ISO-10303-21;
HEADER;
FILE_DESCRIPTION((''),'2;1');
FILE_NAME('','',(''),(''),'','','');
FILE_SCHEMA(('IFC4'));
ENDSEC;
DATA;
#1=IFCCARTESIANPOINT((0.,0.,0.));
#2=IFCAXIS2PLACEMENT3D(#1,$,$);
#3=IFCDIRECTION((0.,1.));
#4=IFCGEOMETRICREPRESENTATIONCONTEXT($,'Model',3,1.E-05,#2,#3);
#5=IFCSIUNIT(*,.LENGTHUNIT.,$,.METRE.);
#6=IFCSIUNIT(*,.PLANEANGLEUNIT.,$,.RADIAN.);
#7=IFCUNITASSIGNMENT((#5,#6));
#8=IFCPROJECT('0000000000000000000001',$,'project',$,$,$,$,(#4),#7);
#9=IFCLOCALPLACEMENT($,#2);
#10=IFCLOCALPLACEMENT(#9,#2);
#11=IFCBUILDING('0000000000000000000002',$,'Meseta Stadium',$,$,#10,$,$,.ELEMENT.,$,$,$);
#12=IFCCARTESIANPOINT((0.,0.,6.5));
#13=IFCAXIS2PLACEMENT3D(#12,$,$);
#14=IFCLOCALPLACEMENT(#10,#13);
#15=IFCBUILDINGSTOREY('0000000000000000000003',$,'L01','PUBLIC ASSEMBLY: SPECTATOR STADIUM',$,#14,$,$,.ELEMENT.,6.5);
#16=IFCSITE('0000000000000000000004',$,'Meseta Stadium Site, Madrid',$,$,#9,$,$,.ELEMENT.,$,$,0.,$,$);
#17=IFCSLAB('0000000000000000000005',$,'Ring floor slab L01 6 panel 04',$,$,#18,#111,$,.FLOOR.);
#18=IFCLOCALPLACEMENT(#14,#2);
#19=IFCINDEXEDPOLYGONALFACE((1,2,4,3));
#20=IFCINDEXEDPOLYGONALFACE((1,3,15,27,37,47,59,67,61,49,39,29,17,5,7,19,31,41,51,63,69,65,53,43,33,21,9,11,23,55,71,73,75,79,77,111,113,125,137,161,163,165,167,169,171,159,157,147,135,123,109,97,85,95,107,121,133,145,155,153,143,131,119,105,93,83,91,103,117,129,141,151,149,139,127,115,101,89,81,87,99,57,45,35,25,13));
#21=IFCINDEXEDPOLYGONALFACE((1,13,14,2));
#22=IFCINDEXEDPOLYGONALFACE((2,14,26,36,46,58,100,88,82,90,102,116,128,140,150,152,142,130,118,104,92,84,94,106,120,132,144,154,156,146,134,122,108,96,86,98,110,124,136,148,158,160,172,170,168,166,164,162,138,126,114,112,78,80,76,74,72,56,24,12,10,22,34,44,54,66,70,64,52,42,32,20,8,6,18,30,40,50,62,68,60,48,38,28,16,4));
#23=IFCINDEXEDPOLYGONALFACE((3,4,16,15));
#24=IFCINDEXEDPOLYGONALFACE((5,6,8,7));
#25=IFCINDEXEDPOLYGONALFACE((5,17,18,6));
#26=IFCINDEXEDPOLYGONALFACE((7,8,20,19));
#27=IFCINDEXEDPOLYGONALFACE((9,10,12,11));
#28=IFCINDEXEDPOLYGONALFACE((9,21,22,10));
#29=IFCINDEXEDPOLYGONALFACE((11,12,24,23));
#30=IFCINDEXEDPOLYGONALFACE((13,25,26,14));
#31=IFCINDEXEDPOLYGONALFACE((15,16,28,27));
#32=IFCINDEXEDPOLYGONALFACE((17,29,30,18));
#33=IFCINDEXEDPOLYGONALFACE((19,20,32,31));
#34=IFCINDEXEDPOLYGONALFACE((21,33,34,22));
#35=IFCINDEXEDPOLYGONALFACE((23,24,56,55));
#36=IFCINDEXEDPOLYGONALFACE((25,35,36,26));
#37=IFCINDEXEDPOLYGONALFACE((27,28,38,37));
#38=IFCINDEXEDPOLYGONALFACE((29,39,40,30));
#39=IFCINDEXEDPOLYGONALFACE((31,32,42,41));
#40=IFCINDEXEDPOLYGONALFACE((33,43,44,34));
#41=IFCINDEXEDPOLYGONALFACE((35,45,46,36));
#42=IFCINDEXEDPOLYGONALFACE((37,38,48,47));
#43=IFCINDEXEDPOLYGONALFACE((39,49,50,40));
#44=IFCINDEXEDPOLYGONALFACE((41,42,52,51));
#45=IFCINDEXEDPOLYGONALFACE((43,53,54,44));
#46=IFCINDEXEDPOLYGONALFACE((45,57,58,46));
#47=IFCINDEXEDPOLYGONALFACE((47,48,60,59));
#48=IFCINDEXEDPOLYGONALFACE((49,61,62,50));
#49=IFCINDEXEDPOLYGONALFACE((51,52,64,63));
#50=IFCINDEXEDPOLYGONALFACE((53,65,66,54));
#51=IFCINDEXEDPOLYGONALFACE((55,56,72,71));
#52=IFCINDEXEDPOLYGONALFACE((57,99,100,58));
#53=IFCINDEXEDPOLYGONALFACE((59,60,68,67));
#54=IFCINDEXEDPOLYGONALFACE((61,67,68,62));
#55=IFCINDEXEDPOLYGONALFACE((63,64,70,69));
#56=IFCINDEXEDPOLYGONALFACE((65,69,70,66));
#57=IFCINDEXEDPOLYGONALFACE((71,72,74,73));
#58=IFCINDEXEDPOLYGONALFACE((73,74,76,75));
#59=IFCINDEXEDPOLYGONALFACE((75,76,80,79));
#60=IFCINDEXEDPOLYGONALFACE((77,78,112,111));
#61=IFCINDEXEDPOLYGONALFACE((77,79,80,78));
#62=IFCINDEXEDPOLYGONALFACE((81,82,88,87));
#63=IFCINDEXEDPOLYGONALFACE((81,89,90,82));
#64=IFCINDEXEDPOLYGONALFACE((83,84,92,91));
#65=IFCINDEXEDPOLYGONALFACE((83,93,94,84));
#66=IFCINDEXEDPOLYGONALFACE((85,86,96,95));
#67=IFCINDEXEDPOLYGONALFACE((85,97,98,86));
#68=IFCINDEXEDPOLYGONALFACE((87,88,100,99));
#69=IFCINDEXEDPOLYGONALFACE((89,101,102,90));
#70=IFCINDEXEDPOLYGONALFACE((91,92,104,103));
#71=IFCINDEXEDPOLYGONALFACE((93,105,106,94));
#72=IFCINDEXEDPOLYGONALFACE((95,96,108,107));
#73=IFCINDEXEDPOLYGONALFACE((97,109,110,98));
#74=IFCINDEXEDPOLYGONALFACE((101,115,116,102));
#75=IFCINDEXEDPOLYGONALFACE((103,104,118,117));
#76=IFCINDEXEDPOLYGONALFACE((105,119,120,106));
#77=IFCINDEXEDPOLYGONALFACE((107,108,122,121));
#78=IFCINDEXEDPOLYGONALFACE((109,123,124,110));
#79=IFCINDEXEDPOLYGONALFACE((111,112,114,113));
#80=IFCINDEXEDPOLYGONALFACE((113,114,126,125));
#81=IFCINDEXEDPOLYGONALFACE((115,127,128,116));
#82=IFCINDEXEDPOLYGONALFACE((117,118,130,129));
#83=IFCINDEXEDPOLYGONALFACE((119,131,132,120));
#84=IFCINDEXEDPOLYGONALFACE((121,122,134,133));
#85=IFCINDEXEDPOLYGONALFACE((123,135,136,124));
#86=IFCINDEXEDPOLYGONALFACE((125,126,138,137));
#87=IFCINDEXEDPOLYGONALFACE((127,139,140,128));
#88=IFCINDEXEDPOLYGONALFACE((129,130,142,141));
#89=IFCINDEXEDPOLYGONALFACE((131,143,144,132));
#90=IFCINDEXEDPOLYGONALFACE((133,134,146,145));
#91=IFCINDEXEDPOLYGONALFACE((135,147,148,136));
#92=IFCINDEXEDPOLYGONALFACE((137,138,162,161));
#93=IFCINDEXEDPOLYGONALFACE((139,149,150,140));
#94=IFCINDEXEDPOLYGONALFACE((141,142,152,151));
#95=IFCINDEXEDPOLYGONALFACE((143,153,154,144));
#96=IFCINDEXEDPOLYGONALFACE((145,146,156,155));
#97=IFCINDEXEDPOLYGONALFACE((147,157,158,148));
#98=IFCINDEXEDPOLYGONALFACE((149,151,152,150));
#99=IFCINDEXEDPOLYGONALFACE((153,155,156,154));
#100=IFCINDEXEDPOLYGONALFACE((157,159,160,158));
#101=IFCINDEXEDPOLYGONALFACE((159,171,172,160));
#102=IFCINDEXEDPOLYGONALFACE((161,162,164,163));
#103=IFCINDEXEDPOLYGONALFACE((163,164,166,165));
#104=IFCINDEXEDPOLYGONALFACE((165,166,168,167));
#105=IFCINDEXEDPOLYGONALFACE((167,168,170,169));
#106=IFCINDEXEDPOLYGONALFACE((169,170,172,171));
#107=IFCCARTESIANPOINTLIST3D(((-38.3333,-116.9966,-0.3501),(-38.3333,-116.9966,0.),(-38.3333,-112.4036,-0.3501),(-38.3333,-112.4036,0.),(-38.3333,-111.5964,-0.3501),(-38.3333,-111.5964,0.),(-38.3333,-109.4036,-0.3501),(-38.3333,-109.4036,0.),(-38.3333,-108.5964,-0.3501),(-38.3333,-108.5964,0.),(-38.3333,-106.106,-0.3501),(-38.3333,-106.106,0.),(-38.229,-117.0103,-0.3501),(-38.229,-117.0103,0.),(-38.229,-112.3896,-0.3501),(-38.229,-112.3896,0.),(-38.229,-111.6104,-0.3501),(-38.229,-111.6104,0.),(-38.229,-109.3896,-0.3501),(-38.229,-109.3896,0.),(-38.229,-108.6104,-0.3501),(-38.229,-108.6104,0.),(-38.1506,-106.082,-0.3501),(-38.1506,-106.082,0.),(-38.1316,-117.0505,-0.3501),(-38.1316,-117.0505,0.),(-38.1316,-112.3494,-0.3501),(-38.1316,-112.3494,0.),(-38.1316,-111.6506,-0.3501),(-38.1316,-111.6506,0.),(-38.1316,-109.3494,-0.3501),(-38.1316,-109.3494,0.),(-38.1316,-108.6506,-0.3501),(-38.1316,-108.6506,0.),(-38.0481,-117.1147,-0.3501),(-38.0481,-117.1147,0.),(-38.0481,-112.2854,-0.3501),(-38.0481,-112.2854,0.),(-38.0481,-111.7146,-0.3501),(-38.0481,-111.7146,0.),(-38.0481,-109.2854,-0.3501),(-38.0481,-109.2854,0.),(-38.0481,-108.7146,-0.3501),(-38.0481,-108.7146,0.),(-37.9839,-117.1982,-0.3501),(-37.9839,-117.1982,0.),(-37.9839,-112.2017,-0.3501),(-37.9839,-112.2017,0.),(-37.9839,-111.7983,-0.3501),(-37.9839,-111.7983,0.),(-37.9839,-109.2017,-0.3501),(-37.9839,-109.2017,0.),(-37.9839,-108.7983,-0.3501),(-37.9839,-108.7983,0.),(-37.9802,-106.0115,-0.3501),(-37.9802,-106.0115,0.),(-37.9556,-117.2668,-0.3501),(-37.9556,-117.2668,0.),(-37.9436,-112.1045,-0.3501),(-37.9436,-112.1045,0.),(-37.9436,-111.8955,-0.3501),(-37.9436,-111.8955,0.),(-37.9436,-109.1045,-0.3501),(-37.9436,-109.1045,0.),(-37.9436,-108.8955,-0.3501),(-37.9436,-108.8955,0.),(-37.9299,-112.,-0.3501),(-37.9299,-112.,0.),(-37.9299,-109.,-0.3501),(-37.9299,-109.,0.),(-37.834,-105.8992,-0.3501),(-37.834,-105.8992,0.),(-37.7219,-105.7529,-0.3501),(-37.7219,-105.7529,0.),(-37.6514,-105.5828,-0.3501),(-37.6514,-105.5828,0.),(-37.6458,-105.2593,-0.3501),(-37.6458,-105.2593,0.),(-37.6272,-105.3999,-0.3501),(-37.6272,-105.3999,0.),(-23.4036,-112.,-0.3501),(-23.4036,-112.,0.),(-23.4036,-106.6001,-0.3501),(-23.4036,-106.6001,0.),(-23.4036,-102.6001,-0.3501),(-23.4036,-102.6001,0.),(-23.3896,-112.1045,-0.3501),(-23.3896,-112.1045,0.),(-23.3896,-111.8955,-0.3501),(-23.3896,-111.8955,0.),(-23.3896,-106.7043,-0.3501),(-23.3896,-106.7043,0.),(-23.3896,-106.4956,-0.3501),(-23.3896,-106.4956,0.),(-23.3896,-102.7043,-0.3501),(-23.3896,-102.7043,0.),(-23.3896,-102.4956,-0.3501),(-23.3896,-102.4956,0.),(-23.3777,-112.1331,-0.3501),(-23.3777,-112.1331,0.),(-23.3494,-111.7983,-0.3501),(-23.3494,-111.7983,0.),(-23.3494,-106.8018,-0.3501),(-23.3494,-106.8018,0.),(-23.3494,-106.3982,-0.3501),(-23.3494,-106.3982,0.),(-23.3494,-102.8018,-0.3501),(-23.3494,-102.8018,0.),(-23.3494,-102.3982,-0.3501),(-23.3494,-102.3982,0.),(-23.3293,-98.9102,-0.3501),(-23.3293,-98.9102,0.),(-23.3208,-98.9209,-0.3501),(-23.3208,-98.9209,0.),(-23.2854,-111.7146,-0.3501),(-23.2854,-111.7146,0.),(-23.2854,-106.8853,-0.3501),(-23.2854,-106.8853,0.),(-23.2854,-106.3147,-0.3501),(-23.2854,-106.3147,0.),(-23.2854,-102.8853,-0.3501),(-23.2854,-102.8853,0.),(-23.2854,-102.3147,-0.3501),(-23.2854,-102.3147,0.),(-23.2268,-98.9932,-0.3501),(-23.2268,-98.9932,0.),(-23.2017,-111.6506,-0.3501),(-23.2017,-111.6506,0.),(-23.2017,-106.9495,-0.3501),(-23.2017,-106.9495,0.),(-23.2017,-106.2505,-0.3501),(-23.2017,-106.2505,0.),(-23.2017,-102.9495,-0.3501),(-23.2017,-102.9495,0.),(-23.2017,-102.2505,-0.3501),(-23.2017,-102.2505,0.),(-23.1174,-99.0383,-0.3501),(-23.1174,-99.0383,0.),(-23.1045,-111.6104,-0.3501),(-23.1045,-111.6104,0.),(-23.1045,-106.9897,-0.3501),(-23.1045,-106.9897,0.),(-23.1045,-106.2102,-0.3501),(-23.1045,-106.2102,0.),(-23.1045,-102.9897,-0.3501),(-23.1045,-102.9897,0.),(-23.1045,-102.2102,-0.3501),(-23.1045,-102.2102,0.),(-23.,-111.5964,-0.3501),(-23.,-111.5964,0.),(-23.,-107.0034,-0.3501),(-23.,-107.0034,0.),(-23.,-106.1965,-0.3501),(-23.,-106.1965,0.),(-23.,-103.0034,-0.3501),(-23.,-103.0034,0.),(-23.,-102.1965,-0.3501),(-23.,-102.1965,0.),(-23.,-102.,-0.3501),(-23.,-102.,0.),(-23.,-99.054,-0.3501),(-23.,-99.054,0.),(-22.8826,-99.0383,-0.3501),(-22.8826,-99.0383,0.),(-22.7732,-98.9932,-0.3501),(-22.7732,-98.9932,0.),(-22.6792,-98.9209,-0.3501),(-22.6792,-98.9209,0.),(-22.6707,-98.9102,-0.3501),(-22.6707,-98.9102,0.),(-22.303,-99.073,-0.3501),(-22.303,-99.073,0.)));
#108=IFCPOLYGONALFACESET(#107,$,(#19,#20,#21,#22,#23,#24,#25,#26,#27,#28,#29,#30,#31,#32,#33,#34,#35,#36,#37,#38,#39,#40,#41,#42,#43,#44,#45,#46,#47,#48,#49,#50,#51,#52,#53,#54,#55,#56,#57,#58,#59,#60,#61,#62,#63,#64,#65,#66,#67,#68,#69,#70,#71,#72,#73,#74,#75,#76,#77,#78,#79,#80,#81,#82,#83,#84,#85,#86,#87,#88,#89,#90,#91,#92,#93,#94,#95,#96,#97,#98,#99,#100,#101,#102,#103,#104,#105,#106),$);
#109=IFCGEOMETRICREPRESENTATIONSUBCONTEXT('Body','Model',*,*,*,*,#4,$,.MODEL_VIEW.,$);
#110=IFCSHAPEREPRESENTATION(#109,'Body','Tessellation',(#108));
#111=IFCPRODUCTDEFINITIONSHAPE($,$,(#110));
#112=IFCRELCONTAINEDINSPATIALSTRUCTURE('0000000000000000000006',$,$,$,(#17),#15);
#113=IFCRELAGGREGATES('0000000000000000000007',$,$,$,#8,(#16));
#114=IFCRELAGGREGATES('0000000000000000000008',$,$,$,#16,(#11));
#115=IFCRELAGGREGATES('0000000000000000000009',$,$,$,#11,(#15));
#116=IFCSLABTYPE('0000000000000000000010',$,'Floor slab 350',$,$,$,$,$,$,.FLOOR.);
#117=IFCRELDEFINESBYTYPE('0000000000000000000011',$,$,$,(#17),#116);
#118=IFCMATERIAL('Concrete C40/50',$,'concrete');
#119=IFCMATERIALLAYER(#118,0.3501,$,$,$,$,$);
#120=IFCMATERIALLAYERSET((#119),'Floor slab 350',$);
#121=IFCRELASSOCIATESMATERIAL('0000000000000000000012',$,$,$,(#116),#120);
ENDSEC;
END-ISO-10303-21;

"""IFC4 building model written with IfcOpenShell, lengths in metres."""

from ifc_helpers import new_model, si_unit, direction, frame, origin, place, context, subcontext, project, spatial, polyline, outline, extrude, material, layer, layer_set, type_object, element, save


model = new_model("IFC4")

# Units and contexts
model_context = context("Model", 3, precision=1e-05, world=origin(), true_north=direction((0.0, 1.0)))
body_context = subcontext(model_context, "Body", "Model", "MODEL_VIEW")
ifc_project = project(units=[si_unit("LENGTHUNIT", "METRE"), si_unit("PLANEANGLEUNIT", "RADIAN")], contexts=[model_context])

# Site, building, storey
site_placement = place(None, origin())
site = spatial("IfcSite", under=ifc_project, at=site_placement, Name="Meseta Stadium Site, Madrid", CompositionType="ELEMENT", RefElevation=0.0)
building_placement = place(site_placement, origin())
building = spatial("IfcBuilding", under=site, at=building_placement, Name="Meseta Stadium", CompositionType="ELEMENT")
storey_placement = place(building_placement, frame((0.0, 0.0, 6.5)))
storey = spatial("IfcBuildingStorey", under=building, at=storey_placement, Name="L01", Description="PUBLIC ASSEMBLY: SPECTATOR STADIUM", CompositionType="ELEMENT", Elevation=6.5)

# Slab
ifc_material = material(Name="Concrete C40/50", Category="concrete")
ifc_layer = layer(ifc_material, 0.3501)
ifc_layer_set = layer_set([ifc_layer], Name="Floor slab 350")
slab_type = type_object("IfcSlabType", Name="Floor slab 350", PredefinedType="FLOOR", material=ifc_layer_set)
slab_1_placement = place(storey_placement, frame((0.0, 0.0, -0.3501)))
element("IfcSlab", 1, at=slab_1_placement, inside=storey, type_object=slab_type, Name="Ring floor slab L01 6 panel 04", PredefinedType="FLOOR", context=body_context, shape_type="SweptSolid", body=[
    extrude(outline(polyline([(-23.1045, -102.2102), (-23.0, -102.1965), (-23.0, -102.0), (-22.303, -99.073), (-22.6707, -98.9102), (-22.6792, -98.9209), (-22.7732, -98.9932), (-22.8826, -99.0383), (-23.0, -99.054), (-23.1174, -99.0383), (-23.2268, -98.9932), (-23.3208, -98.9209), (-23.3293, -98.9102), (-37.6458, -105.2593), (-37.6272, -105.3999), (-37.6514, -105.5828), (-37.7219, -105.7529), (-37.834, -105.8992), (-37.9802, -106.0115), (-38.1506, -106.082), (-38.3333, -106.106), (-38.3333, -108.5964), (-38.229, -108.6104), (-38.1316, -108.6506), (-38.0481, -108.7146), (-37.9839, -108.7983), (-37.9436, -108.8955), (-37.9299, -109.0), (-37.9436, -109.1045), (-37.9839, -109.2017), (-38.0481, -109.2854), (-38.1316, -109.3494), (-38.229, -109.3896), (-38.3333, -109.4036), (-38.3333, -111.5964), (-38.229, -111.6104), (-38.1316, -111.6506), (-38.0481, -111.7146), (-37.9839, -111.7983), (-37.9436, -111.8955), (-37.9299, -112.0), (-37.9436, -112.1045), (-37.9839, -112.2017), (-38.0481, -112.2854), (-38.1316, -112.3494), (-38.229, -112.3896), (-38.3333, -112.4036), (-38.3333, -116.9966), (-38.229, -117.0103), (-38.1316, -117.0505), (-38.0481, -117.1147), (-37.9839, -117.1982), (-37.9556, -117.2668), (-23.3777, -112.1331), (-23.3896, -112.1045), (-23.4036, -112.0), (-23.3896, -111.8955), (-23.3494, -111.7983), (-23.2854, -111.7146), (-23.2017, -111.6506), (-23.1045, -111.6104), (-23.0, -111.5964), (-23.0, -107.0034), (-23.1045, -106.9897), (-23.2017, -106.9495), (-23.2854, -106.8853), (-23.3494, -106.8018), (-23.3896, -106.7043), (-23.4036, -106.6001), (-23.3896, -106.4956), (-23.3494, -106.3982), (-23.2854, -106.3147), (-23.2017, -106.2505), (-23.1045, -106.2102), (-23.0, -106.1965), (-23.0, -103.0034), (-23.1045, -102.9897), (-23.2017, -102.9495), (-23.2854, -102.8853), (-23.3494, -102.8018), (-23.3896, -102.7043), (-23.4036, -102.6001), (-23.3896, -102.4956), (-23.3494, -102.3982), (-23.2854, -102.3147), (-23.2017, -102.2505), (-23.1045, -102.2102)])), origin(), (0.0, 0.0, 1.0), 0.3501),
])

save(model, "model.ifc")
